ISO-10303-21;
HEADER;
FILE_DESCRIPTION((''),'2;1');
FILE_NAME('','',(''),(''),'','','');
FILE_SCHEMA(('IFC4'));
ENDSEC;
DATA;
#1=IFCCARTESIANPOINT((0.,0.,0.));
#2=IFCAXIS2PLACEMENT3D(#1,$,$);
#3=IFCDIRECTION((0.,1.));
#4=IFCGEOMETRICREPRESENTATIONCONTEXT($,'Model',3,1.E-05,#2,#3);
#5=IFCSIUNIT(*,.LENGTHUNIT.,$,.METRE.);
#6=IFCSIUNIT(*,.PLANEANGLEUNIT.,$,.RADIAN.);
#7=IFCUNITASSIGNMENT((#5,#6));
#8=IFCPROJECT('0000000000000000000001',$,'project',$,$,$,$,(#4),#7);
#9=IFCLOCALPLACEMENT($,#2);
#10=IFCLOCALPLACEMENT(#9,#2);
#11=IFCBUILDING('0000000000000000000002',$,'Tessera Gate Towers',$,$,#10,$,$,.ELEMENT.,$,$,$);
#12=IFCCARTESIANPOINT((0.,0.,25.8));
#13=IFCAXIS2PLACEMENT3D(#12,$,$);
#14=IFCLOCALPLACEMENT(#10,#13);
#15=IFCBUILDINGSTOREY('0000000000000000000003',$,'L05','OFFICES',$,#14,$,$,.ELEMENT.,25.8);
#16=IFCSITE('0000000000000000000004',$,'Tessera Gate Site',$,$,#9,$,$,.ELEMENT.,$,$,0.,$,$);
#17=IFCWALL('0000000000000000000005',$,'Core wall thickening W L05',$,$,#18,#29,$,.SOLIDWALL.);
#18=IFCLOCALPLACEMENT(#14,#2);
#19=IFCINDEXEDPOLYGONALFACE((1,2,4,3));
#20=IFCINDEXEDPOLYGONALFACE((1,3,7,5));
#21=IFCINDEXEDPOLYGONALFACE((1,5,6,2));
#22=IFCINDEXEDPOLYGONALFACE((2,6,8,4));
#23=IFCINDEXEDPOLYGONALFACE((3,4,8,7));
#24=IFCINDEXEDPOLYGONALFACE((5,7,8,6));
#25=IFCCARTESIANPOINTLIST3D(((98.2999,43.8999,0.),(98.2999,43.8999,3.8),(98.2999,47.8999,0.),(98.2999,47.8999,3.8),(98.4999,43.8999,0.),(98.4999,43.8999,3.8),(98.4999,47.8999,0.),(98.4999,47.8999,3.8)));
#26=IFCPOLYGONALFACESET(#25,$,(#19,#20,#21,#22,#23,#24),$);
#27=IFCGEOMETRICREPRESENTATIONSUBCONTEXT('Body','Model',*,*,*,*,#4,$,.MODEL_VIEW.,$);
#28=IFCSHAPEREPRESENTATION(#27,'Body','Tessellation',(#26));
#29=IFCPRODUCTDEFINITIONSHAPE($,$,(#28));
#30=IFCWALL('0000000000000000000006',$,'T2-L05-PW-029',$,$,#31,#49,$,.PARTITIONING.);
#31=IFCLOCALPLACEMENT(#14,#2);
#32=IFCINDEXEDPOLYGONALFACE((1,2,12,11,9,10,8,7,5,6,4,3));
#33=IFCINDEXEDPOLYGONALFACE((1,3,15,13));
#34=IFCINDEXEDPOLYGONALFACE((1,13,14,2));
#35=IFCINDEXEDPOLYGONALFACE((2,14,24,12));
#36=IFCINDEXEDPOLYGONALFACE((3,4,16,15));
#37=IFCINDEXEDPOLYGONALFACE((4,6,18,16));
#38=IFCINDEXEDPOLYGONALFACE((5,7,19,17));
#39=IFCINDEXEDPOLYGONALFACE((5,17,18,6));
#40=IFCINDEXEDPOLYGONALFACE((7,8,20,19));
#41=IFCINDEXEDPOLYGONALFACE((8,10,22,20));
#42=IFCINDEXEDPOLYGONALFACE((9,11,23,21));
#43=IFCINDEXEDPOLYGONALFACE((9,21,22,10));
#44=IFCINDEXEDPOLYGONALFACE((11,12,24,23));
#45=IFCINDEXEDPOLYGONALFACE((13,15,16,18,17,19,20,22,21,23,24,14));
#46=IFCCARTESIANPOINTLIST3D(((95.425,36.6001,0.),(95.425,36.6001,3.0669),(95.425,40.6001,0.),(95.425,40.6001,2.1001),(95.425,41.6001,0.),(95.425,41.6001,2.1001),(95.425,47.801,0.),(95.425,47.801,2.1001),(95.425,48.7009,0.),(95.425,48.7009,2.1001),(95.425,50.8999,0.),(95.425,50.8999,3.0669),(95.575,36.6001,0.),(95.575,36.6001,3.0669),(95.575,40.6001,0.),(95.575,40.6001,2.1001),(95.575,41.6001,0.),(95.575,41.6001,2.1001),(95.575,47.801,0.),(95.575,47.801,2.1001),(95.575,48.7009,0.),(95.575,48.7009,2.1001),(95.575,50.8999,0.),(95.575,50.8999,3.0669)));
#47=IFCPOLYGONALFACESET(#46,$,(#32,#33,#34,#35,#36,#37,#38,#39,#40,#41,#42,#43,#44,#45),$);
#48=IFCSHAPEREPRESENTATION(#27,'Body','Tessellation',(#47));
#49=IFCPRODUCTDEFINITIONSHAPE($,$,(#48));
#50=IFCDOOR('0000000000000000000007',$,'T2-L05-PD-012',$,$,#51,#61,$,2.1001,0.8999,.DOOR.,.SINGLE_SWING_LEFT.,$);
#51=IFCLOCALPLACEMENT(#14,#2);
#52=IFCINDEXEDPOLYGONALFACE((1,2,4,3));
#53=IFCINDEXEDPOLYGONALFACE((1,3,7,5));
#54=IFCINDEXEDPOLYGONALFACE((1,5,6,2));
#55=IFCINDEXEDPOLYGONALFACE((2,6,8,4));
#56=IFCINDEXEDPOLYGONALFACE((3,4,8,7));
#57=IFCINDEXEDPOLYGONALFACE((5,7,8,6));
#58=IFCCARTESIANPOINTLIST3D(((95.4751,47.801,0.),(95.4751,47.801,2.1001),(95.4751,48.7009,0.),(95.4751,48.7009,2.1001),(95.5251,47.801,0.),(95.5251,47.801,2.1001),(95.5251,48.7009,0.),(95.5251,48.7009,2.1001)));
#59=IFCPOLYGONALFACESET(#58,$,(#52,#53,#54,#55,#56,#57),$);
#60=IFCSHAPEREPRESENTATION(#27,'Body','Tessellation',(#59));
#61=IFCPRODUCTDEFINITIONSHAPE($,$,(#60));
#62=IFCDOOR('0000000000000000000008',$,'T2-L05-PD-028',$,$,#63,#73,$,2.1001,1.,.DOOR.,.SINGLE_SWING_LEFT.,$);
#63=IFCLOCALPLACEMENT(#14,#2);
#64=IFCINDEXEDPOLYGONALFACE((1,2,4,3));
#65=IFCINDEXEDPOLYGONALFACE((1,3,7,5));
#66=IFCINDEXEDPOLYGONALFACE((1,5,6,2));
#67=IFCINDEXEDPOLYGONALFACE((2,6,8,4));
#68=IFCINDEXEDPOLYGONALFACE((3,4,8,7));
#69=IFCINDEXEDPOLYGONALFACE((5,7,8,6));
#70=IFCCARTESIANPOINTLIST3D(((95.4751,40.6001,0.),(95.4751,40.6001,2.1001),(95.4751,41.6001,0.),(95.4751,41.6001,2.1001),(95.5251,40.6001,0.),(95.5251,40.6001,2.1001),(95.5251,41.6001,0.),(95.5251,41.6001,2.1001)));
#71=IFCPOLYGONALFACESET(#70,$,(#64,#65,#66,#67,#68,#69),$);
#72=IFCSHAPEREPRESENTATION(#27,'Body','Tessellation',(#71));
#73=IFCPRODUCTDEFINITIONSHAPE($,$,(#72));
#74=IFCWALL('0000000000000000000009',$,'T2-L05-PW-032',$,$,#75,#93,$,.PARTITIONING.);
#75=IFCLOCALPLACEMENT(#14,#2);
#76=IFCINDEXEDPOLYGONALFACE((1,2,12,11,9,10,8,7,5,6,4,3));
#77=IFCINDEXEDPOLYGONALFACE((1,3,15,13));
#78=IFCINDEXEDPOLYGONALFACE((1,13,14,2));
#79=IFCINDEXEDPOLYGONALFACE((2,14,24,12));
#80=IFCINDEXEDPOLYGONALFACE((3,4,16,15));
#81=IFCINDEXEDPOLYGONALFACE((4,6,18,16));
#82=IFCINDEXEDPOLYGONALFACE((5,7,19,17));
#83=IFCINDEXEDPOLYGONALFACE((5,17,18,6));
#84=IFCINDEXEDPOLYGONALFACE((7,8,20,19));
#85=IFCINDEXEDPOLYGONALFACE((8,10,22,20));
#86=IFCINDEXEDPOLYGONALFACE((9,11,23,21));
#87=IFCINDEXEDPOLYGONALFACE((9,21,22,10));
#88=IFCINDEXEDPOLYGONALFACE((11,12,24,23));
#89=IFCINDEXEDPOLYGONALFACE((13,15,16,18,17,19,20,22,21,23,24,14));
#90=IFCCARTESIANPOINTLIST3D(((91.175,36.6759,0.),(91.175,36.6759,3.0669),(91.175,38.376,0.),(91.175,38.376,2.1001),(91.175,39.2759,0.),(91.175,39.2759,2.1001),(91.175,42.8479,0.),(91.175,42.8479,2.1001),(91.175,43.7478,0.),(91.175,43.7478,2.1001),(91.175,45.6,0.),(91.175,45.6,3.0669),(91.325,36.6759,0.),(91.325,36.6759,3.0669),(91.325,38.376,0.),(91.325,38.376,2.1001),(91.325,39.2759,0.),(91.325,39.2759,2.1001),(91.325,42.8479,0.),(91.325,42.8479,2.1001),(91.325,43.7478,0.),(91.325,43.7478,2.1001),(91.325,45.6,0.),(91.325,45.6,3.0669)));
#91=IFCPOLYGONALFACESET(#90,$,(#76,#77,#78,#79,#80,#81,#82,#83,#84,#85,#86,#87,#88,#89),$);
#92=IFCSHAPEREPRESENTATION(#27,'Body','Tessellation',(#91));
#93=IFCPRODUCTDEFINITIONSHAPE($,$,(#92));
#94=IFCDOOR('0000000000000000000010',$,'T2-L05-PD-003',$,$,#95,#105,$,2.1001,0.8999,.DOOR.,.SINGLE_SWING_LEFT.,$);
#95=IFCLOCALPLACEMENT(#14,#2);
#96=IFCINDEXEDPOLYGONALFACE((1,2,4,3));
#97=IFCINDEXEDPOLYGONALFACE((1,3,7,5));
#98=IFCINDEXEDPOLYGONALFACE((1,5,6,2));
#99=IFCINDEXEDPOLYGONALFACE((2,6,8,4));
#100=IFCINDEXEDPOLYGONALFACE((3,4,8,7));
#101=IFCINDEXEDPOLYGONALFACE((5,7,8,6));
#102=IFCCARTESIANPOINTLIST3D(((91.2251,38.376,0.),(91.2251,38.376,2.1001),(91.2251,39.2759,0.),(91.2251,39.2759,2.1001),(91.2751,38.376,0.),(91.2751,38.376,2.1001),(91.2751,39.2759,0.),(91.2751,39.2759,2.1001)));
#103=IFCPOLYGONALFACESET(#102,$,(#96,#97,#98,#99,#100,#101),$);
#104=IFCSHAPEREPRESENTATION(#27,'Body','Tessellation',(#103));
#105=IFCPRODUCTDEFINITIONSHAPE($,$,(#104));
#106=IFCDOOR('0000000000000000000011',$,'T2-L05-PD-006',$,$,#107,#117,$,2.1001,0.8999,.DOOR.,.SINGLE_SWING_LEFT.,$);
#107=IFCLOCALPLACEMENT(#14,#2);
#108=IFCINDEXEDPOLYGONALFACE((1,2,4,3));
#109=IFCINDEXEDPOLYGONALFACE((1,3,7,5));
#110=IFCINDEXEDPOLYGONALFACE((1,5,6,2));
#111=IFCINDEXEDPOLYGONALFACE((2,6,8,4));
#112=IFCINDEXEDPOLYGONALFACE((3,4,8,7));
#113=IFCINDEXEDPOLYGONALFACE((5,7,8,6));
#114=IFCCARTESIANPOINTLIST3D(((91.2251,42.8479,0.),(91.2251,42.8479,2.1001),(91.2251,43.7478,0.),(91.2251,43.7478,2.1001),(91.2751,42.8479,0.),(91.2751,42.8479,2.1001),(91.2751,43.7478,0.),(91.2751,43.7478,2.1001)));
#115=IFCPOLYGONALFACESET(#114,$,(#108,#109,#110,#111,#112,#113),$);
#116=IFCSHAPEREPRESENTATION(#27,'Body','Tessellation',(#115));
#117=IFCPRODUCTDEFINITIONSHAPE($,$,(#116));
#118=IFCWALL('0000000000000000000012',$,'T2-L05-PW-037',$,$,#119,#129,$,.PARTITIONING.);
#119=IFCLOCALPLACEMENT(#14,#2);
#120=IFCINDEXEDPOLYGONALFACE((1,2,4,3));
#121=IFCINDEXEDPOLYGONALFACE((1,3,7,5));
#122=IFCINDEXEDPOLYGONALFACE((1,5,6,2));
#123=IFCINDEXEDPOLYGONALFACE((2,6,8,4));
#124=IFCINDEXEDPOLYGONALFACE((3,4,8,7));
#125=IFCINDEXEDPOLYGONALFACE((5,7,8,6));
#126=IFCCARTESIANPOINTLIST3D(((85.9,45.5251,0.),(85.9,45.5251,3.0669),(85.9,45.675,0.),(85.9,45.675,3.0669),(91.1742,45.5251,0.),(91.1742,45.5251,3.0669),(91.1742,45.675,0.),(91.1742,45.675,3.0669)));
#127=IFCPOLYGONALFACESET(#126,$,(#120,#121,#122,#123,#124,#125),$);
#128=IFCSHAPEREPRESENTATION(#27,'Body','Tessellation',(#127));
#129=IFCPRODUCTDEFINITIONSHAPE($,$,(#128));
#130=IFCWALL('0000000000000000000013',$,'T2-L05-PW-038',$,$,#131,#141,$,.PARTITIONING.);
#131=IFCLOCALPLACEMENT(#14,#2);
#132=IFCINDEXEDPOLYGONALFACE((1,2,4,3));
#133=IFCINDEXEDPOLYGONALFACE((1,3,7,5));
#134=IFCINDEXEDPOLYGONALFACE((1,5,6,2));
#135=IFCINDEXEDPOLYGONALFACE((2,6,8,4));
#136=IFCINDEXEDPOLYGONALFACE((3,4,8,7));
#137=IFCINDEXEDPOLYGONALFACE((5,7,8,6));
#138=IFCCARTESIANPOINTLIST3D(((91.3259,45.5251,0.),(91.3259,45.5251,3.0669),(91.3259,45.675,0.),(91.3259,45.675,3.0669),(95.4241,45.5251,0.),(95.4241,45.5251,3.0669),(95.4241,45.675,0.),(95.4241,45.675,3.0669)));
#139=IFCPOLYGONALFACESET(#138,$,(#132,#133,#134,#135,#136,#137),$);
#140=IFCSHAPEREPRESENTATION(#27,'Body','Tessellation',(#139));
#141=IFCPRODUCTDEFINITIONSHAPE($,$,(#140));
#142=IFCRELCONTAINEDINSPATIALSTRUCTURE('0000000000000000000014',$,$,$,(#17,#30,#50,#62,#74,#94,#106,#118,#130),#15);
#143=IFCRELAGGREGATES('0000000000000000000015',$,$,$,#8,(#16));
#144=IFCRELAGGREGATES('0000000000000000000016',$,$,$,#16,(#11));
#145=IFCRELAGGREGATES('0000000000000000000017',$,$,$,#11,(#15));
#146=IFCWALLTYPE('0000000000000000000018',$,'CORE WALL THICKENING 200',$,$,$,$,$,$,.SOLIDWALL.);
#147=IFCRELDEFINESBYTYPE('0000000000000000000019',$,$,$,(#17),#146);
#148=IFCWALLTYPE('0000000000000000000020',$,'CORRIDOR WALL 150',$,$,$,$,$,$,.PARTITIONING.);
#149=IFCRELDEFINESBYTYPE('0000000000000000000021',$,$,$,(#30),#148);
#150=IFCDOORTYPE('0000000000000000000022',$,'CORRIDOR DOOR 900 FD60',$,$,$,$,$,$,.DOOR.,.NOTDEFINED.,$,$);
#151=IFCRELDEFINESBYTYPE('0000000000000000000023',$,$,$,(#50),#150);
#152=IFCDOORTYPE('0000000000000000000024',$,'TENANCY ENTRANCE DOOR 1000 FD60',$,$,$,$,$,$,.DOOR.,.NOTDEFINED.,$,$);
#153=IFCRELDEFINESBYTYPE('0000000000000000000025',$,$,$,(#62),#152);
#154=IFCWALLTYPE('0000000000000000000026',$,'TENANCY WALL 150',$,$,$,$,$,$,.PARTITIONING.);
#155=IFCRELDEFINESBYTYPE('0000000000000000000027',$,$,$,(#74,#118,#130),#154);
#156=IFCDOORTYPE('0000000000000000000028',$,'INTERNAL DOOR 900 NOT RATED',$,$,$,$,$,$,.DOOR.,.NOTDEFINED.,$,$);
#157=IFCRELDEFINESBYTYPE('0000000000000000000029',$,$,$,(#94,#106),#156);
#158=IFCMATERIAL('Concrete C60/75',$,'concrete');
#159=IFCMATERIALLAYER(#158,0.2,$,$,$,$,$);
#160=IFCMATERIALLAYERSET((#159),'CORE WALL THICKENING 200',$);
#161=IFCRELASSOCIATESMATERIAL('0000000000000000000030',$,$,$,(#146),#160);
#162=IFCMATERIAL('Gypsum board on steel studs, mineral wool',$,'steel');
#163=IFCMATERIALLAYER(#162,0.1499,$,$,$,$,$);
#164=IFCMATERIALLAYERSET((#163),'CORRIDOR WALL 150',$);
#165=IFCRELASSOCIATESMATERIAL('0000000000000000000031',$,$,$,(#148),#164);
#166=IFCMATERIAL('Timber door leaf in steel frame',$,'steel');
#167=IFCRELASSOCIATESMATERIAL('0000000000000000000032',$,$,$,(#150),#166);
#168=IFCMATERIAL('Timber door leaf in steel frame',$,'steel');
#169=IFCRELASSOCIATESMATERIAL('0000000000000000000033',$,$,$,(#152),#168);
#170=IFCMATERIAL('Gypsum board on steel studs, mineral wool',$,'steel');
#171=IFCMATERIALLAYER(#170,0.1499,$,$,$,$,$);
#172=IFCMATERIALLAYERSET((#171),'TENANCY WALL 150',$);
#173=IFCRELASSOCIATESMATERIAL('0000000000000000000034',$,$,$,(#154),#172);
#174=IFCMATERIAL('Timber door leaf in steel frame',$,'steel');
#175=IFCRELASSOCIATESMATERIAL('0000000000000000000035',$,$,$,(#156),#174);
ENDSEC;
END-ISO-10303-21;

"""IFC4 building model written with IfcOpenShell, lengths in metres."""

from ifc_helpers import new_model, si_unit, direction, frame, frame_2d, origin, place, context, subcontext, project, spatial, rectangle, extrude, source, transform, mapped, material, layer, layer_set, type_object, element, fill, save


model = new_model("IFC4")

# Units and contexts
model_context = context("Model", 3, precision=1e-05, world=origin(), true_north=direction((0.0, 1.0)))
body_context = subcontext(model_context, "Body", "Model", "MODEL_VIEW")
ifc_project = project(units=[si_unit("LENGTHUNIT", "METRE"), si_unit("PLANEANGLEUNIT", "RADIAN")], contexts=[model_context])

# Site, building, storey
site_placement = place(None, origin())
site = spatial("IfcSite", under=ifc_project, at=site_placement, Name="Tessera Gate Site", CompositionType="ELEMENT", RefElevation=0.0)
building_placement = place(site_placement, origin())
building = spatial("IfcBuilding", under=site, at=building_placement, Name="Tessera Gate Towers", CompositionType="ELEMENT")
storey_placement = place(building_placement, frame((0.0, 0.0, 25.8)))
storey = spatial("IfcBuildingStorey", under=building, at=storey_placement, Name="L05", Description="OFFICES", CompositionType="ELEMENT", Elevation=25.8)

# Wall
ifc_material_1 = material(Name="Concrete C60/75", Category="concrete")
ifc_layer_1 = layer(ifc_material_1, 0.2)
ifc_layer_set_1 = layer_set([ifc_layer_1], Name="CORE WALL THICKENING 200")
wall_type_1 = type_object("IfcWallType", Name="CORE WALL THICKENING 200", PredefinedType="SOLIDWALL", material=ifc_layer_set_1)
wall_1_placement = place(storey_placement, frame((98.3999, 43.8999, 0.0), z_axis=(0.0, 0.0, 1.0), x_axis=(0.0, 1.0, 0.0)))
element("IfcWall", 1, at=wall_1_placement, inside=storey, type_object=wall_type_1, Name="Core wall thickening W L05", PredefinedType="SOLIDWALL", context=body_context, shape_type="SweptSolid", body=[
    extrude(rectangle(XDim=4.0, YDim=0.2, at=frame_2d((2.0, 0.0))), origin(), (0.0, 0.0, 1.0), 3.8),
])

# Walls, openings, doors
ifc_material_2 = material(Name="Gypsum board on steel studs, mineral wool", Category="steel")
ifc_layer_2 = layer(ifc_material_2, 0.1499)
ifc_layer_set_2 = layer_set([ifc_layer_2], Name="CORRIDOR WALL 150")
wall_type_2 = type_object("IfcWallType", Name="CORRIDOR WALL 150", PredefinedType="PARTITIONING", material=ifc_layer_set_2)
wall_2_placement = place(storey_placement, frame((95.5, 36.6001, 0.0), z_axis=(0.0, 0.0, 1.0), x_axis=(0.0, 1.0, 0.0)))
wall_2 = element("IfcWall", 2, at=wall_2_placement, inside=storey, type_object=wall_type_2, Name="T2-L05-PW-029", PredefinedType="PARTITIONING", context=body_context, shape_type="SweptSolid", body=[
    extrude(rectangle(XDim=14.2998, YDim=0.1499, at=frame_2d((7.1499, 0.0))), origin(), (0.0, 0.0, 1.0), 3.0669),
])
shared_shape_1 = source(origin(), body_context, "Body", "SweptSolid", [
    extrude(rectangle(XDim=0.8999, YDim=2.1001, at=frame_2d((0.45, 1.05))), frame((0.0, 0.085, 0.0), z_axis=(0.0, -1.0, 0.0), x_axis=(1.0, 0.0, 0.0)), (0.0, 0.0, 1.0), 0.1699),
])
opening_1_placement = place(wall_2_placement, frame((11.2009, 0.0, 0.0)))
opening_1 = element("IfcOpeningElement", 3, at=opening_1_placement, cuts=wall_2, PredefinedType="OPENING", context=body_context, shape_type="MappedRepresentation", body=[
    mapped(shared_shape_1, transform((0.0, 0.0, 0.0), scale=1.0)),
])
shared_shape_2 = source(origin(), body_context, "Body", "SweptSolid", [
    extrude(rectangle(XDim=1.0, YDim=2.1001, at=frame_2d((0.5, 1.05))), frame((0.0, 0.085, 0.0), z_axis=(0.0, -1.0, 0.0), x_axis=(1.0, 0.0, 0.0)), (0.0, 0.0, 1.0), 0.1699),
])
opening_2_placement = place(wall_2_placement, frame((4.0, 0.0, 0.0)))
opening_2 = element("IfcOpeningElement", 4, at=opening_2_placement, cuts=wall_2, PredefinedType="OPENING", context=body_context, shape_type="MappedRepresentation", body=[
    mapped(shared_shape_2, transform((0.0, 0.0, 0.0), scale=1.0)),
])
ifc_material_3 = material(Name="Timber door leaf in steel frame", Category="steel")
door_type_1 = type_object("IfcDoorType", Name="CORRIDOR DOOR 900 FD60", OperationType="NOTDEFINED", PredefinedType="DOOR", material=ifc_material_3)
shared_shape_3 = source(origin(), body_context, "Body", "SweptSolid", [
    extrude(rectangle(XDim=0.8999, YDim=2.1001, at=frame_2d((0.45, 1.05))), frame((0.0, 0.0249, 0.0), z_axis=(0.0, -1.0, 0.0), x_axis=(1.0, 0.0, 0.0)), (0.0, 0.0, 1.0), 0.05),
])
door_1_placement = place(opening_1_placement, origin())
door_1 = element("IfcDoor", 5, at=door_1_placement, inside=storey, type_object=door_type_1, Name="T2-L05-PD-012", OperationType="SINGLE_SWING_LEFT", OverallHeight=2.1001, OverallWidth=0.8999, PredefinedType="DOOR", context=body_context, shape_type="MappedRepresentation", body=[
    mapped(shared_shape_3, transform((0.0, 0.0, 0.0), scale=1.0)),
])
fill(opening_1, door_1)
ifc_material_4 = material(Name="Timber door leaf in steel frame", Category="steel")
door_type_2 = type_object("IfcDoorType", Name="TENANCY ENTRANCE DOOR 1000 FD60", OperationType="NOTDEFINED", PredefinedType="DOOR", material=ifc_material_4)
shared_shape_4 = source(origin(), body_context, "Body", "SweptSolid", [
    extrude(rectangle(XDim=1.0, YDim=2.1001, at=frame_2d((0.5, 1.05))), frame((0.0, 0.0249, 0.0), z_axis=(0.0, -1.0, 0.0), x_axis=(1.0, 0.0, 0.0)), (0.0, 0.0, 1.0), 0.05),
])
door_2_placement = place(opening_2_placement, origin())
door_2 = element("IfcDoor", 6, at=door_2_placement, inside=storey, type_object=door_type_2, Name="T2-L05-PD-028", OperationType="SINGLE_SWING_LEFT", OverallHeight=2.1001, OverallWidth=1.0, PredefinedType="DOOR", context=body_context, shape_type="MappedRepresentation", body=[
    mapped(shared_shape_4, transform((0.0, 0.0, 0.0), scale=1.0)),
])
fill(opening_2, door_2)
ifc_material_5 = material(Name="Gypsum board on steel studs, mineral wool", Category="steel")
ifc_layer_3 = layer(ifc_material_5, 0.1499)
ifc_layer_set_3 = layer_set([ifc_layer_3], Name="TENANCY WALL 150")
wall_type_3 = type_object("IfcWallType", Name="TENANCY WALL 150", PredefinedType="PARTITIONING", material=ifc_layer_set_3)
wall_3_placement = place(storey_placement, frame((91.25, 36.676, 0.0), z_axis=(0.0, 0.0, 1.0), x_axis=(0.0, 1.0, 0.0)))
wall_3 = element("IfcWall", 7, at=wall_3_placement, inside=storey, type_object=wall_type_3, Name="T2-L05-PW-032", PredefinedType="PARTITIONING", context=body_context, shape_type="SweptSolid", body=[
    extrude(rectangle(XDim=8.9241, YDim=0.1499, at=frame_2d((4.4619, 0.0))), origin(), (0.0, 0.0, 1.0), 3.0669),
])
opening_3_placement = place(wall_3_placement, frame((1.7, 0.0, 0.0)))
opening_3 = element("IfcOpeningElement", 8, at=opening_3_placement, cuts=wall_3, PredefinedType="OPENING", context=body_context, shape_type="MappedRepresentation", body=[
    mapped(shared_shape_1, transform((0.0, 0.0, 0.0), scale=1.0)),
])
opening_4_placement = place(wall_3_placement, frame((6.1719, 0.0, 0.0)))
opening_4 = element("IfcOpeningElement", 9, at=opening_4_placement, cuts=wall_3, PredefinedType="OPENING", context=body_context, shape_type="MappedRepresentation", body=[
    mapped(shared_shape_1, transform((0.0, 0.0, 0.0), scale=1.0)),
])
ifc_material_6 = material(Name="Timber door leaf in steel frame", Category="steel")
door_type_3 = type_object("IfcDoorType", Name="INTERNAL DOOR 900 NOT RATED", OperationType="NOTDEFINED", PredefinedType="DOOR", material=ifc_material_6)
door_3_placement = place(opening_3_placement, origin())
door_3 = element("IfcDoor", 10, at=door_3_placement, inside=storey, type_object=door_type_3, Name="T2-L05-PD-003", OperationType="SINGLE_SWING_LEFT", OverallHeight=2.1001, OverallWidth=0.8999, PredefinedType="DOOR", context=body_context, shape_type="MappedRepresentation", body=[
    mapped(shared_shape_3, transform((0.0, 0.0, 0.0), scale=1.0)),
])
fill(opening_3, door_3)
door_4_placement = place(opening_4_placement, origin())
door_4 = element("IfcDoor", 11, at=door_4_placement, inside=storey, type_object=door_type_3, Name="T2-L05-PD-006", OperationType="SINGLE_SWING_LEFT", OverallHeight=2.1001, OverallWidth=0.8999, PredefinedType="DOOR", context=body_context, shape_type="MappedRepresentation", body=[
    mapped(shared_shape_3, transform((0.0, 0.0, 0.0), scale=1.0)),
])
fill(opening_4, door_4)

# Walls
wall_4_placement = place(storey_placement, frame((85.8999, 45.6001, 0.0), z_axis=(0.0, 0.0, 1.0), x_axis=(1.0, 0.0, 0.0)))
element("IfcWall", 12, at=wall_4_placement, inside=storey, type_object=wall_type_3, Name="T2-L05-PW-037", PredefinedType="PARTITIONING", context=body_context, shape_type="SweptSolid", body=[
    extrude(rectangle(XDim=5.2742, YDim=0.1499, at=frame_2d((2.6372, 0.0))), origin(), (0.0, 0.0, 1.0), 3.0669),
])
wall_5_placement = place(storey_placement, frame((91.3259, 45.6001, 0.0), z_axis=(0.0, 0.0, 1.0), x_axis=(1.0, 0.0, 0.0)))
element("IfcWall", 13, at=wall_5_placement, inside=storey, type_object=wall_type_3, Name="T2-L05-PW-038", PredefinedType="PARTITIONING", context=body_context, shape_type="SweptSolid", body=[
    extrude(rectangle(XDim=4.0981, YDim=0.1499, at=frame_2d((2.0491, 0.0))), origin(), (0.0, 0.0, 1.0), 3.0669),
])

save(model, "model.ifc")
